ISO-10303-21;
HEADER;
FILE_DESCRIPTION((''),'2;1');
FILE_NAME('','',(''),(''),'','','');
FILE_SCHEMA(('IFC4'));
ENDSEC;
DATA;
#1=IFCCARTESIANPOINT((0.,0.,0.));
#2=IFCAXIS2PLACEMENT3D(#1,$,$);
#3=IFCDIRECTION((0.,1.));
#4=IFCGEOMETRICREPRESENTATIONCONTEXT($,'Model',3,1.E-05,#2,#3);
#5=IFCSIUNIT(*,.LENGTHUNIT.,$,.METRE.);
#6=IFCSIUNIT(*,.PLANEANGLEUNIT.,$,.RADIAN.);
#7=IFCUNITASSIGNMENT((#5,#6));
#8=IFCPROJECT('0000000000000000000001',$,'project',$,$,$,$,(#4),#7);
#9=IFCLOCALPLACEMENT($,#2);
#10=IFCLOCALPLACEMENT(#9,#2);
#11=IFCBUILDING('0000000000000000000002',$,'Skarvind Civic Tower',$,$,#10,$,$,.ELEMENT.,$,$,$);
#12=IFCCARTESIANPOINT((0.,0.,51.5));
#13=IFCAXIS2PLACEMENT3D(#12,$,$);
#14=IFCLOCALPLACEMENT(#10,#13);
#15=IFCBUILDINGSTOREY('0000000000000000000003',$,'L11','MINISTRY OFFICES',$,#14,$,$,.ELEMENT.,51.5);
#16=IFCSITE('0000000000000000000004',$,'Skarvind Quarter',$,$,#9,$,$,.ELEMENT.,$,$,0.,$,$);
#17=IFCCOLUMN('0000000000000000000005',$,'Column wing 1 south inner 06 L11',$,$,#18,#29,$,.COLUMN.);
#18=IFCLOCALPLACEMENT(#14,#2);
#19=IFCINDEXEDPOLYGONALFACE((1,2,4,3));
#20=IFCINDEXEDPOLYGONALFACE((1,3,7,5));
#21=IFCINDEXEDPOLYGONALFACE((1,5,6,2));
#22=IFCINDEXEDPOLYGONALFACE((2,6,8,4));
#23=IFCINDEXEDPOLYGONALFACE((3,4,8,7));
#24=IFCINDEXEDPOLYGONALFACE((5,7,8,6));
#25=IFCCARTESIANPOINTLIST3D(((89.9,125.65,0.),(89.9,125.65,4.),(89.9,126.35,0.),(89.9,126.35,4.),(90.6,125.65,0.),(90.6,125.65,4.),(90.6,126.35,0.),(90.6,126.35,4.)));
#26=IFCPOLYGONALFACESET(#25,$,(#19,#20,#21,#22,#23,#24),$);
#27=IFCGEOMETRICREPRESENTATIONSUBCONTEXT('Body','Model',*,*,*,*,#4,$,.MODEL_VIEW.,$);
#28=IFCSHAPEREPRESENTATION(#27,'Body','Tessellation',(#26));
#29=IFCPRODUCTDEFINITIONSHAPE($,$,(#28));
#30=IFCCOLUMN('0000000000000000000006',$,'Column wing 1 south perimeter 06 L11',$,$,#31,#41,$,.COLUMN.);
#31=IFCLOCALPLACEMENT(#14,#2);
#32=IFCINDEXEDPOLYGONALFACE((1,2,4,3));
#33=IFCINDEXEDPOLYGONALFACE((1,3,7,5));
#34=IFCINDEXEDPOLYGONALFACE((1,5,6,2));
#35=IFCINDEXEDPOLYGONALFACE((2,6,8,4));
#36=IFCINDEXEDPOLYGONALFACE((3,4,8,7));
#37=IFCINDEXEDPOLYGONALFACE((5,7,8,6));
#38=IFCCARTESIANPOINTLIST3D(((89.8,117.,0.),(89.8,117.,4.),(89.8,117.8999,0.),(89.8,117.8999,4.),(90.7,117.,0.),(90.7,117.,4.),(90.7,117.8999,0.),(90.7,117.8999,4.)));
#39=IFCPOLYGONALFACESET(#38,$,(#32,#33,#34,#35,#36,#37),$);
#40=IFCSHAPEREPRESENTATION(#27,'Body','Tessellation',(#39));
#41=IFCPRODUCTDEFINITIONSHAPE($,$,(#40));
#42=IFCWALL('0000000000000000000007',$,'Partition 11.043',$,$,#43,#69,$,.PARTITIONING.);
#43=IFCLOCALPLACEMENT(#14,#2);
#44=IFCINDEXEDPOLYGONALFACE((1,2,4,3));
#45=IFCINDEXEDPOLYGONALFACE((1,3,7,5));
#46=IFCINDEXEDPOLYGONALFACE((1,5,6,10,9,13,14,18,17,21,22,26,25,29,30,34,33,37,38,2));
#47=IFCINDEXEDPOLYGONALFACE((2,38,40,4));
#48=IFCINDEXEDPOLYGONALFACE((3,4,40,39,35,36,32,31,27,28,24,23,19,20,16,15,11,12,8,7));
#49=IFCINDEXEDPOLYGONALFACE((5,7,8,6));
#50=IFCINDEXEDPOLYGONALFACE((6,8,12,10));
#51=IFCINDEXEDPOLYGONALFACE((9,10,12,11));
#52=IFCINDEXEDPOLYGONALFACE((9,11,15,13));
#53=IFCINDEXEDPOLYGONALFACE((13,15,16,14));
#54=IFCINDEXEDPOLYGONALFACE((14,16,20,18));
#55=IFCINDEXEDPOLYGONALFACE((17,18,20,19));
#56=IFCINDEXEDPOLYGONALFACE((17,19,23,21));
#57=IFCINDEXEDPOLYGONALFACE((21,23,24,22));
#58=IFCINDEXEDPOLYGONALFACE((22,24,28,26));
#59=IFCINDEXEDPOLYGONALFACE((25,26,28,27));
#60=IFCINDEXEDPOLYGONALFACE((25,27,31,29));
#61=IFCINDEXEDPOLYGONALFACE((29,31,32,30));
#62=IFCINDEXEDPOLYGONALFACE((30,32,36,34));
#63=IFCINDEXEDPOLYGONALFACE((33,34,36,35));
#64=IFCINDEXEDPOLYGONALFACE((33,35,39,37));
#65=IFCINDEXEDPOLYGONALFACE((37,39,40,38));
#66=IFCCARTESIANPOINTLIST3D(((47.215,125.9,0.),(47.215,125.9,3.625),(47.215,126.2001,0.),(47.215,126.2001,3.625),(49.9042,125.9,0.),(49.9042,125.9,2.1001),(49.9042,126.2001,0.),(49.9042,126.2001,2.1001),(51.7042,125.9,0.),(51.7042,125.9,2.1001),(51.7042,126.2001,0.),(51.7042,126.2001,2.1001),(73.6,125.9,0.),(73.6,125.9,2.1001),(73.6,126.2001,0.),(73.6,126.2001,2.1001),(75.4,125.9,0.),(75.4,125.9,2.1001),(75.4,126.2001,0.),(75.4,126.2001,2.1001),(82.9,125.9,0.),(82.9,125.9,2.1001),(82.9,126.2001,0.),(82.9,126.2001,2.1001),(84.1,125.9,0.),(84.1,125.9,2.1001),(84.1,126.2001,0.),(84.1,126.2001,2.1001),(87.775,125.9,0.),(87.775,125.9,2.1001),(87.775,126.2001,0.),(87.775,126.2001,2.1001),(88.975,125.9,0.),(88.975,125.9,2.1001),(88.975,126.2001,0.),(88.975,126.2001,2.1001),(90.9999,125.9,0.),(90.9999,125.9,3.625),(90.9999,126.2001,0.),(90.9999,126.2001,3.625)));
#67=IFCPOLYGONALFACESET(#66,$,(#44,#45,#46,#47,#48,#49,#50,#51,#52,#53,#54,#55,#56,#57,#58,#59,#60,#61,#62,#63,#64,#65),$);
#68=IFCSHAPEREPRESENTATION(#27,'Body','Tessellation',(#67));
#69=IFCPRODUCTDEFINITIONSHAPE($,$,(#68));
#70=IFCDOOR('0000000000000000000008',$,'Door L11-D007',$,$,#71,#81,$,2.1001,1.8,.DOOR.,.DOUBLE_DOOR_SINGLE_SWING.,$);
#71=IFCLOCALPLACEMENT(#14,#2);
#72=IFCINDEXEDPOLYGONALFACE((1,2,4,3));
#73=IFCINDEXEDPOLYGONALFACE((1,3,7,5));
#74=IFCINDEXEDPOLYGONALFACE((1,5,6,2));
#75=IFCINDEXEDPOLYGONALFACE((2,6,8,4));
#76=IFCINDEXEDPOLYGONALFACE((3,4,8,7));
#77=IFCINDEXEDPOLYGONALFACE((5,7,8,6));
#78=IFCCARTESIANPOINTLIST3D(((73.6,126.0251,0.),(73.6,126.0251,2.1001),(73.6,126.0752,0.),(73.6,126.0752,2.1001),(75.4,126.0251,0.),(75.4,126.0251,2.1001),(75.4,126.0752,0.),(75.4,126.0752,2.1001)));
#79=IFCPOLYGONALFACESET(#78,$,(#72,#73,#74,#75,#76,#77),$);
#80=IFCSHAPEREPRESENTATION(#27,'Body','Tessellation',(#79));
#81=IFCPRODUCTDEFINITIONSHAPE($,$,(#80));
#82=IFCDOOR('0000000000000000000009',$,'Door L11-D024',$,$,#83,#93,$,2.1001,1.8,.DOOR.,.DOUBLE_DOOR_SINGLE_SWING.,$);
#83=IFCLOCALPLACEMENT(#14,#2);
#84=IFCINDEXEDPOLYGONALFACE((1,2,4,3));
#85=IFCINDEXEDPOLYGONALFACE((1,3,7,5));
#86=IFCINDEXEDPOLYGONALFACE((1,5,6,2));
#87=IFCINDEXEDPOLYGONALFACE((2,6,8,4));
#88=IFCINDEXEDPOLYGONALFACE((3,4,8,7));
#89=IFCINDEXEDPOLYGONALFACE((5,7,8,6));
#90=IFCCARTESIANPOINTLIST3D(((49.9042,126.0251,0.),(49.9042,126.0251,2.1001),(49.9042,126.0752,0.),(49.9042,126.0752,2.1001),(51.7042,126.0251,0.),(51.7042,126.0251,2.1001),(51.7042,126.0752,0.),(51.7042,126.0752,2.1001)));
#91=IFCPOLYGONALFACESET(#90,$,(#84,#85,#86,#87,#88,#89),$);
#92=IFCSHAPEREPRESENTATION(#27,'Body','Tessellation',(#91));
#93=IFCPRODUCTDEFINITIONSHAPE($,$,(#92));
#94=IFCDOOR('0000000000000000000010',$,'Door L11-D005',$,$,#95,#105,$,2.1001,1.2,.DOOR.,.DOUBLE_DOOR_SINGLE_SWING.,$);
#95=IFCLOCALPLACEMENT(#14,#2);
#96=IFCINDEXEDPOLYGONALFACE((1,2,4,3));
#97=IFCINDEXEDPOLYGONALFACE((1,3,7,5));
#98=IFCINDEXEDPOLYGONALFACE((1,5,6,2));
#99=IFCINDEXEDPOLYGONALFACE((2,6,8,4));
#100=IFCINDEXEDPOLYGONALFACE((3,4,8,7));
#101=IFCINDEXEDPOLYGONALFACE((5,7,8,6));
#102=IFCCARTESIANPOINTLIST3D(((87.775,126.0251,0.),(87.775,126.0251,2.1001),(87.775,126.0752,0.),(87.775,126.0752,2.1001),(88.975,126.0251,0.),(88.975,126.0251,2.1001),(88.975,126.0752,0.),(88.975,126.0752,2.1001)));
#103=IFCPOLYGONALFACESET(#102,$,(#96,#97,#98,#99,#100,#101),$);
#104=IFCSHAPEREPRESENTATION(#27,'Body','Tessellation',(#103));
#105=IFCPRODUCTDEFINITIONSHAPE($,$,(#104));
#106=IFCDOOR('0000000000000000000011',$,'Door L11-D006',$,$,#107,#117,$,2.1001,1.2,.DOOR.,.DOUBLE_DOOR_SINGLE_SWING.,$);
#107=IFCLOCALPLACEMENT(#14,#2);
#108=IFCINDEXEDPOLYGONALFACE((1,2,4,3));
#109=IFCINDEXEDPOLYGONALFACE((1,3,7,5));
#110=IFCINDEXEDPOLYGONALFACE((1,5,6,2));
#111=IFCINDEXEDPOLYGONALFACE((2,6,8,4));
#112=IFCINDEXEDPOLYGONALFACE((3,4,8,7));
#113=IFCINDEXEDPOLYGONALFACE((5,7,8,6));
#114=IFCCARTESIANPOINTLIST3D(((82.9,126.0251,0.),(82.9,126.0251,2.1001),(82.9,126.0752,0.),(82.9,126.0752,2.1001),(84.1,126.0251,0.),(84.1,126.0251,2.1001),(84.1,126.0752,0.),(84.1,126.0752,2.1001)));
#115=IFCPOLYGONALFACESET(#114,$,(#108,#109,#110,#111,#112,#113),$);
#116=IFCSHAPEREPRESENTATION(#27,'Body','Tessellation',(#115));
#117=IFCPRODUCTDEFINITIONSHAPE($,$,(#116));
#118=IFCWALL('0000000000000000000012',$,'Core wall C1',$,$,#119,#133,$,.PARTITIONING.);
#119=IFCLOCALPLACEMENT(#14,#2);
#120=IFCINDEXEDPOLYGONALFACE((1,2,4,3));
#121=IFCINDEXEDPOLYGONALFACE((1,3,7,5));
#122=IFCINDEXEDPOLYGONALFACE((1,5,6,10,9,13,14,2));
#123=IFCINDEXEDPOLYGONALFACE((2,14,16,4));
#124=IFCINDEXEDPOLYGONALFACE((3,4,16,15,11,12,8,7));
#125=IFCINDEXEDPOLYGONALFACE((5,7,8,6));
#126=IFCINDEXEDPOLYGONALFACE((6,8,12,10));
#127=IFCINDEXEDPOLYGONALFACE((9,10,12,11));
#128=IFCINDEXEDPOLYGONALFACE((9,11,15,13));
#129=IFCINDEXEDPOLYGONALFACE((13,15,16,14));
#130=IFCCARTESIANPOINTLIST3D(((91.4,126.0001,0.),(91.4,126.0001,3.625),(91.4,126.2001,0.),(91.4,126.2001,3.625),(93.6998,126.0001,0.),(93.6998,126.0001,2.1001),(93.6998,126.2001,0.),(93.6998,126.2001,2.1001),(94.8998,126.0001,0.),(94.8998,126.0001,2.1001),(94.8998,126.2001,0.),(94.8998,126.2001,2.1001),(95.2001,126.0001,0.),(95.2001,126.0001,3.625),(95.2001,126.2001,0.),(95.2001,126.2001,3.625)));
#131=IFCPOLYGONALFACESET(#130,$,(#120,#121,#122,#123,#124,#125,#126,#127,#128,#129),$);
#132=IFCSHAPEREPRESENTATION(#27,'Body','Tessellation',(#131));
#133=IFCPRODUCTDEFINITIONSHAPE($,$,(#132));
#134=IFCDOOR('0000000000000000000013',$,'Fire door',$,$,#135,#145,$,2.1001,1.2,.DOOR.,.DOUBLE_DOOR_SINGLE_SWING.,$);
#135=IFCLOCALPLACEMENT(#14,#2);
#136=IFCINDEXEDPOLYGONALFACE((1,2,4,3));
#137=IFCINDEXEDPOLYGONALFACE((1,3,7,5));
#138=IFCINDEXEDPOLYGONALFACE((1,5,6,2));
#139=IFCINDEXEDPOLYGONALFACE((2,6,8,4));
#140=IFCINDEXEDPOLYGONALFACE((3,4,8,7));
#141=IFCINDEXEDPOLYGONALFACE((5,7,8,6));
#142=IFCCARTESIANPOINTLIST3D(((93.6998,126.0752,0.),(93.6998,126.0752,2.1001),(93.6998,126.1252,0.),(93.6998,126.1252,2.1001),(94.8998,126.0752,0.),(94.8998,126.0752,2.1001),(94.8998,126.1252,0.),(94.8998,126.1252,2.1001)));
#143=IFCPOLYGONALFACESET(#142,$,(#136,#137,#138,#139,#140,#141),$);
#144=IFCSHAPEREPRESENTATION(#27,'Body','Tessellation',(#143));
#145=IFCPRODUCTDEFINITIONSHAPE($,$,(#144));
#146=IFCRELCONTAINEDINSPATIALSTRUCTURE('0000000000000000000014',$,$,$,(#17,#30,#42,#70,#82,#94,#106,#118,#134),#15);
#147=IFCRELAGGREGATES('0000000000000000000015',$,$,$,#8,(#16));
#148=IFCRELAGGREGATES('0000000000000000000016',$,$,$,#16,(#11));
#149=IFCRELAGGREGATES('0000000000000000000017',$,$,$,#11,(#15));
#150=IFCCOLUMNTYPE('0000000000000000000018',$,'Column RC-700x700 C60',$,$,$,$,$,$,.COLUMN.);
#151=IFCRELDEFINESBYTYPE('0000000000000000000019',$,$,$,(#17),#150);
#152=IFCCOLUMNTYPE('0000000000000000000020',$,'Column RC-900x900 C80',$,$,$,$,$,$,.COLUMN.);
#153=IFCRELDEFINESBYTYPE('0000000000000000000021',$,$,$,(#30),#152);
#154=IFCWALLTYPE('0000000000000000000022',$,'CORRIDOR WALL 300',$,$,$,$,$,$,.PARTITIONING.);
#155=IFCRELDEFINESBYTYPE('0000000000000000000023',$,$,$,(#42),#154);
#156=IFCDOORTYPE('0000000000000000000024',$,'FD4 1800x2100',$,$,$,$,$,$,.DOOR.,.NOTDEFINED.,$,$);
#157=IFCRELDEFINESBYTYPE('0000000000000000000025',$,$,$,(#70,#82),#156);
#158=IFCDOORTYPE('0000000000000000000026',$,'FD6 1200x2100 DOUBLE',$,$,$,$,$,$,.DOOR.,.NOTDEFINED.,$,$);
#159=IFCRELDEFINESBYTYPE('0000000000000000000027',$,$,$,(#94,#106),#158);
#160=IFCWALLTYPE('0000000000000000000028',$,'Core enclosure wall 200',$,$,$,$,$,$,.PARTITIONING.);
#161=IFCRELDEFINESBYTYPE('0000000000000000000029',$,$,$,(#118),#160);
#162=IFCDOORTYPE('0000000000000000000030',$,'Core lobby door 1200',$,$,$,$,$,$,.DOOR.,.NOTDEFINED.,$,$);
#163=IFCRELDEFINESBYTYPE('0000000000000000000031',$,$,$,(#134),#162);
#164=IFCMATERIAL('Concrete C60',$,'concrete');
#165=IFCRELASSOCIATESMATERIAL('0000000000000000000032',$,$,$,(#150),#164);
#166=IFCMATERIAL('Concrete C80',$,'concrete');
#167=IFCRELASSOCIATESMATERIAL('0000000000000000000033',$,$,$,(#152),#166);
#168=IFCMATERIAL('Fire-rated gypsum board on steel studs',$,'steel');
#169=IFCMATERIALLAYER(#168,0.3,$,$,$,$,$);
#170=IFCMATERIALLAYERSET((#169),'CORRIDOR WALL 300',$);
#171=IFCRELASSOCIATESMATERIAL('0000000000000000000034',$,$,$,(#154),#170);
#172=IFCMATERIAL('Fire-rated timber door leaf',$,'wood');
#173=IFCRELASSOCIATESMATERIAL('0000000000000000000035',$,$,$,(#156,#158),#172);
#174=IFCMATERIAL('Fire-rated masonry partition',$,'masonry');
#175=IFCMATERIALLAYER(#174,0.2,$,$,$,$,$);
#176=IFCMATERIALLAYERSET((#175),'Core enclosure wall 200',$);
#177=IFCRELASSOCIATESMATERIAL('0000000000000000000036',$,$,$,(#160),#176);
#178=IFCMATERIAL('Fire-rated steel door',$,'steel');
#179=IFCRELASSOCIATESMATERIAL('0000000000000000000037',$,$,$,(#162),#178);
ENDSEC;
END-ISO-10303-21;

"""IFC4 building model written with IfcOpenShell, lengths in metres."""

from ifc_helpers import new_model, si_unit, direction, frame, frame_2d, origin, origin_2d, place, context, subcontext, project, spatial, rectangle, extrude, material, layer, layer_set, material_profile, profile_set, type_object, element, fill, save


model = new_model("IFC4")

# Units and contexts
model_context = context("Model", 3, precision=1e-05, world=origin(), true_north=direction((0.0, 1.0)))
body_context = subcontext(model_context, "Body", "Model", "MODEL_VIEW")
ifc_project = project(units=[si_unit("LENGTHUNIT", "METRE"), si_unit("PLANEANGLEUNIT", "RADIAN")], contexts=[model_context])

# Site, building, storey
site_placement = place(None, origin())
site = spatial("IfcSite", under=ifc_project, at=site_placement, Name="Skarvind Quarter", CompositionType="ELEMENT", RefElevation=0.0)
building_placement = place(site_placement, origin())
building = spatial("IfcBuilding", under=site, at=building_placement, Name="Skarvind Civic Tower", CompositionType="ELEMENT")
storey_placement = place(building_placement, frame((0.0, 0.0, 51.5)))
storey = spatial("IfcBuildingStorey", under=building, at=storey_placement, Name="L11", Description="MINISTRY OFFICES", CompositionType="ELEMENT", Elevation=51.5)

# Columns
ifc_material_1 = material(Name="Concrete C60", Category="concrete")
ifc_material_profile_1 = material_profile(ifc_material_1, rectangle(XDim=0.7, YDim=0.7, at=origin_2d()), Name="RC-700x700")
ifc_profile_set_1 = profile_set([ifc_material_profile_1], Name="Concrete C60")
column_type_1 = type_object("IfcColumnType", Name="Column RC-700x700 C60", PredefinedType="COLUMN", material=ifc_profile_set_1)
column_1_placement = place(storey_placement, frame((90.25, 126.0, 0.0), z_axis=(0.0, 0.0, 1.0), x_axis=(1.0, 0.0, 0.0)))
element("IfcColumn", 1, at=column_1_placement, inside=storey, type_object=column_type_1, Name="Column wing 1 south inner 06 L11", PredefinedType="COLUMN", context=body_context, shape_type="SweptSolid", body=[
    extrude(rectangle(XDim=0.7, YDim=0.7, at=origin_2d()), origin(), (0.0, 0.0, 1.0), 4.0),
])
ifc_material_2 = material(Name="Concrete C80", Category="concrete")
ifc_material_profile_2 = material_profile(ifc_material_2, rectangle(XDim=0.8999, YDim=0.8999, at=origin_2d()), Name="RC-900x900")
ifc_profile_set_2 = profile_set([ifc_material_profile_2], Name="Concrete C80")
column_type_2 = type_object("IfcColumnType", Name="Column RC-900x900 C80", PredefinedType="COLUMN", material=ifc_profile_set_2)
column_2_placement = place(storey_placement, frame((90.25, 117.45, 0.0), z_axis=(0.0, 0.0, 1.0), x_axis=(1.0, 0.0, 0.0)))
element("IfcColumn", 2, at=column_2_placement, inside=storey, type_object=column_type_2, Name="Column wing 1 south perimeter 06 L11", PredefinedType="COLUMN", context=body_context, shape_type="SweptSolid", body=[
    extrude(rectangle(XDim=0.8999, YDim=0.8999, at=origin_2d()), origin(), (0.0, 0.0, 1.0), 4.0),
])

# Wall, openings, doors
ifc_material_3 = material(Name="Fire-rated gypsum board on steel studs", Category="steel")
ifc_layer_1 = layer(ifc_material_3, 0.3)
ifc_layer_set_1 = layer_set([ifc_layer_1], Name="CORRIDOR WALL 300")
wall_type_1 = type_object("IfcWallType", Name="CORRIDOR WALL 300", PredefinedType="PARTITIONING", material=ifc_layer_set_1)
wall_1_placement = place(storey_placement, frame((91.0, 126.05, 0.0), z_axis=(0.0, 0.0, 1.0), x_axis=(-1.0, 0.0, 0.0)))
wall_1 = element("IfcWall", 3, at=wall_1_placement, inside=storey, type_object=wall_type_1, Name="Partition 11.043", PredefinedType="PARTITIONING", context=body_context, shape_type="SweptSolid", body=[
    extrude(rectangle(XDim=43.7849, YDim=0.3, at=frame_2d((21.8926, 0.0))), origin(), (0.0, 0.0, 1.0), 3.625),
])
opening_1_placement = place(wall_1_placement, frame((2.0249, 0.0, 0.0)))
opening_1 = element("IfcOpeningElement", 4, at=opening_1_placement, cuts=wall_1, PredefinedType="OPENING", context=body_context, shape_type="SweptSolid", body=[
    extrude(rectangle(XDim=1.2, YDim=2.1001, at=frame_2d((0.6001, 1.05))), frame((0.0, 0.1599, 0.0), z_axis=(0.0, -1.0, 0.0), x_axis=(1.0, 0.0, 0.0)), (0.0, 0.0, 1.0), 0.3201),
])
opening_2_placement = place(wall_1_placement, frame((6.8999, 0.0, 0.0)))
opening_2 = element("IfcOpeningElement", 5, at=opening_2_placement, cuts=wall_1, PredefinedType="OPENING", context=body_context, shape_type="SweptSolid", body=[
    extrude(rectangle(XDim=1.2, YDim=2.1001, at=frame_2d((0.6001, 1.05))), frame((0.0, 0.1599, 0.0), z_axis=(0.0, -1.0, 0.0), x_axis=(1.0, 0.0, 0.0)), (0.0, 0.0, 1.0), 0.3201),
])
opening_3_placement = place(wall_1_placement, frame((15.6001, 0.0, 0.0)))
opening_3 = element("IfcOpeningElement", 6, at=opening_3_placement, cuts=wall_1, PredefinedType="OPENING", context=body_context, shape_type="SweptSolid", body=[
    extrude(rectangle(XDim=1.8, YDim=2.1001, at=frame_2d((0.8999, 1.05))), frame((0.0, 0.1599, 0.0), z_axis=(0.0, -1.0, 0.0), x_axis=(1.0, 0.0, 0.0)), (0.0, 0.0, 1.0), 0.3201),
])
opening_4_placement = place(wall_1_placement, frame((39.2959, 0.0, 0.0)))
opening_4 = element("IfcOpeningElement", 7, at=opening_4_placement, cuts=wall_1, PredefinedType="OPENING", context=body_context, shape_type="SweptSolid", body=[
    extrude(rectangle(XDim=1.8, YDim=2.1001, at=frame_2d((0.8999, 1.05))), frame((0.0, 0.1599, 0.0), z_axis=(0.0, -1.0, 0.0), x_axis=(1.0, 0.0, 0.0)), (0.0, 0.0, 1.0), 0.3201),
])
ifc_material_4 = material(Name="Fire-rated timber door leaf", Category="wood")
door_type_1 = type_object("IfcDoorType", Name="FD4 1800x2100", OperationType="NOTDEFINED", PredefinedType="DOOR", material=ifc_material_4)
door_1_placement = place(opening_3_placement, origin())
door_1 = element("IfcDoor", 8, at=door_1_placement, inside=storey, type_object=door_type_1, Name="Door L11-D007", OperationType="DOUBLE_DOOR_SINGLE_SWING", OverallHeight=2.1001, OverallWidth=1.8, PredefinedType="DOOR", context=body_context, shape_type="SweptSolid", body=[
    extrude(rectangle(XDim=1.8, YDim=2.1001, at=frame_2d((0.8999, 1.05))), frame((0.0, 0.0249, 0.0), z_axis=(0.0, -1.0, 0.0), x_axis=(1.0, 0.0, 0.0)), (0.0, 0.0, 1.0), 0.05),
])
fill(opening_3, door_1)
door_2_placement = place(opening_4_placement, origin())
door_2 = element("IfcDoor", 9, at=door_2_placement, inside=storey, type_object=door_type_1, Name="Door L11-D024", OperationType="DOUBLE_DOOR_SINGLE_SWING", OverallHeight=2.1001, OverallWidth=1.8, PredefinedType="DOOR", context=body_context, shape_type="SweptSolid", body=[
    extrude(rectangle(XDim=1.8, YDim=2.1001, at=frame_2d((0.8999, 1.05))), frame((0.0, 0.0249, 0.0), z_axis=(0.0, -1.0, 0.0), x_axis=(1.0, 0.0, 0.0)), (0.0, 0.0, 1.0), 0.05),
])
fill(opening_4, door_2)
door_type_2 = type_object("IfcDoorType", Name="FD6 1200x2100 DOUBLE", OperationType="NOTDEFINED", PredefinedType="DOOR", material=ifc_material_4)
door_3_placement = place(opening_1_placement, origin())
door_3 = element("IfcDoor", 10, at=door_3_placement, inside=storey, type_object=door_type_2, Name="Door L11-D005", OperationType="DOUBLE_DOOR_SINGLE_SWING", OverallHeight=2.1001, OverallWidth=1.2, PredefinedType="DOOR", context=body_context, shape_type="SweptSolid", body=[
    extrude(rectangle(XDim=1.2, YDim=2.1001, at=frame_2d((0.6001, 1.05))), frame((0.0, 0.0249, 0.0), z_axis=(0.0, -1.0, 0.0), x_axis=(1.0, 0.0, 0.0)), (0.0, 0.0, 1.0), 0.05),
])
fill(opening_1, door_3)
door_4_placement = place(opening_2_placement, origin())
door_4 = element("IfcDoor", 11, at=door_4_placement, inside=storey, type_object=door_type_2, Name="Door L11-D006", OperationType="DOUBLE_DOOR_SINGLE_SWING", OverallHeight=2.1001, OverallWidth=1.2, PredefinedType="DOOR", context=body_context, shape_type="SweptSolid", body=[
    extrude(rectangle(XDim=1.2, YDim=2.1001, at=frame_2d((0.6001, 1.05))), frame((0.0, 0.0249, 0.0), z_axis=(0.0, -1.0, 0.0), x_axis=(1.0, 0.0, 0.0)), (0.0, 0.0, 1.0), 0.05),
])
fill(opening_2, door_4)

# Wall, opening, door
ifc_material_5 = material(Name="Fire-rated masonry partition", Category="masonry")
ifc_layer_2 = layer(ifc_material_5, 0.2)
ifc_layer_set_2 = layer_set([ifc_layer_2], Name="Core enclosure wall 200")
wall_type_2 = type_object("IfcWallType", Name="Core enclosure wall 200", PredefinedType="PARTITIONING", material=ifc_layer_set_2)
wall_2_placement = place(storey_placement, frame((95.2, 126.1001, 0.0), z_axis=(0.0, 0.0, 1.0), x_axis=(-1.0, 0.0, 0.0)))
wall_2 = element("IfcWall", 12, at=wall_2_placement, inside=storey, type_object=wall_type_2, Name="Core wall C1", PredefinedType="PARTITIONING", context=body_context, shape_type="SweptSolid", body=[
    extrude(rectangle(XDim=3.8, YDim=0.2, at=frame_2d((1.8999, 0.0))), origin(), (0.0, 0.0, 1.0), 3.625),
])
opening_5_placement = place(wall_2_placement, frame((0.3, 0.0, 0.0)))
opening_5 = element("IfcOpeningElement", 13, at=opening_5_placement, cuts=wall_2, PredefinedType="OPENING", context=body_context, shape_type="SweptSolid", body=[
    extrude(rectangle(XDim=1.2, YDim=2.1001, at=frame_2d((0.6001, 1.05))), frame((0.0, 0.1099, 0.0), z_axis=(0.0, -1.0, 0.0), x_axis=(1.0, 0.0, 0.0)), (0.0, 0.0, 1.0), 0.22),
])
ifc_material_6 = material(Name="Fire-rated steel door", Category="steel")
door_type_3 = type_object("IfcDoorType", Name="Core lobby door 1200", OperationType="NOTDEFINED", PredefinedType="DOOR", material=ifc_material_6)
door_5_placement = place(opening_5_placement, origin())
door_5 = element("IfcDoor", 14, at=door_5_placement, inside=storey, type_object=door_type_3, Name="Fire door", OperationType="DOUBLE_DOOR_SINGLE_SWING", OverallHeight=2.1001, OverallWidth=1.2, PredefinedType="DOOR", context=body_context, shape_type="SweptSolid", body=[
    extrude(rectangle(XDim=1.2, YDim=2.1001, at=frame_2d((0.6001, 1.05))), frame((0.0, 0.0249, 0.0), z_axis=(0.0, -1.0, 0.0), x_axis=(1.0, 0.0, 0.0)), (0.0, 0.0, 1.0), 0.05),
])
fill(opening_5, door_5)

save(model, "model.ifc")
